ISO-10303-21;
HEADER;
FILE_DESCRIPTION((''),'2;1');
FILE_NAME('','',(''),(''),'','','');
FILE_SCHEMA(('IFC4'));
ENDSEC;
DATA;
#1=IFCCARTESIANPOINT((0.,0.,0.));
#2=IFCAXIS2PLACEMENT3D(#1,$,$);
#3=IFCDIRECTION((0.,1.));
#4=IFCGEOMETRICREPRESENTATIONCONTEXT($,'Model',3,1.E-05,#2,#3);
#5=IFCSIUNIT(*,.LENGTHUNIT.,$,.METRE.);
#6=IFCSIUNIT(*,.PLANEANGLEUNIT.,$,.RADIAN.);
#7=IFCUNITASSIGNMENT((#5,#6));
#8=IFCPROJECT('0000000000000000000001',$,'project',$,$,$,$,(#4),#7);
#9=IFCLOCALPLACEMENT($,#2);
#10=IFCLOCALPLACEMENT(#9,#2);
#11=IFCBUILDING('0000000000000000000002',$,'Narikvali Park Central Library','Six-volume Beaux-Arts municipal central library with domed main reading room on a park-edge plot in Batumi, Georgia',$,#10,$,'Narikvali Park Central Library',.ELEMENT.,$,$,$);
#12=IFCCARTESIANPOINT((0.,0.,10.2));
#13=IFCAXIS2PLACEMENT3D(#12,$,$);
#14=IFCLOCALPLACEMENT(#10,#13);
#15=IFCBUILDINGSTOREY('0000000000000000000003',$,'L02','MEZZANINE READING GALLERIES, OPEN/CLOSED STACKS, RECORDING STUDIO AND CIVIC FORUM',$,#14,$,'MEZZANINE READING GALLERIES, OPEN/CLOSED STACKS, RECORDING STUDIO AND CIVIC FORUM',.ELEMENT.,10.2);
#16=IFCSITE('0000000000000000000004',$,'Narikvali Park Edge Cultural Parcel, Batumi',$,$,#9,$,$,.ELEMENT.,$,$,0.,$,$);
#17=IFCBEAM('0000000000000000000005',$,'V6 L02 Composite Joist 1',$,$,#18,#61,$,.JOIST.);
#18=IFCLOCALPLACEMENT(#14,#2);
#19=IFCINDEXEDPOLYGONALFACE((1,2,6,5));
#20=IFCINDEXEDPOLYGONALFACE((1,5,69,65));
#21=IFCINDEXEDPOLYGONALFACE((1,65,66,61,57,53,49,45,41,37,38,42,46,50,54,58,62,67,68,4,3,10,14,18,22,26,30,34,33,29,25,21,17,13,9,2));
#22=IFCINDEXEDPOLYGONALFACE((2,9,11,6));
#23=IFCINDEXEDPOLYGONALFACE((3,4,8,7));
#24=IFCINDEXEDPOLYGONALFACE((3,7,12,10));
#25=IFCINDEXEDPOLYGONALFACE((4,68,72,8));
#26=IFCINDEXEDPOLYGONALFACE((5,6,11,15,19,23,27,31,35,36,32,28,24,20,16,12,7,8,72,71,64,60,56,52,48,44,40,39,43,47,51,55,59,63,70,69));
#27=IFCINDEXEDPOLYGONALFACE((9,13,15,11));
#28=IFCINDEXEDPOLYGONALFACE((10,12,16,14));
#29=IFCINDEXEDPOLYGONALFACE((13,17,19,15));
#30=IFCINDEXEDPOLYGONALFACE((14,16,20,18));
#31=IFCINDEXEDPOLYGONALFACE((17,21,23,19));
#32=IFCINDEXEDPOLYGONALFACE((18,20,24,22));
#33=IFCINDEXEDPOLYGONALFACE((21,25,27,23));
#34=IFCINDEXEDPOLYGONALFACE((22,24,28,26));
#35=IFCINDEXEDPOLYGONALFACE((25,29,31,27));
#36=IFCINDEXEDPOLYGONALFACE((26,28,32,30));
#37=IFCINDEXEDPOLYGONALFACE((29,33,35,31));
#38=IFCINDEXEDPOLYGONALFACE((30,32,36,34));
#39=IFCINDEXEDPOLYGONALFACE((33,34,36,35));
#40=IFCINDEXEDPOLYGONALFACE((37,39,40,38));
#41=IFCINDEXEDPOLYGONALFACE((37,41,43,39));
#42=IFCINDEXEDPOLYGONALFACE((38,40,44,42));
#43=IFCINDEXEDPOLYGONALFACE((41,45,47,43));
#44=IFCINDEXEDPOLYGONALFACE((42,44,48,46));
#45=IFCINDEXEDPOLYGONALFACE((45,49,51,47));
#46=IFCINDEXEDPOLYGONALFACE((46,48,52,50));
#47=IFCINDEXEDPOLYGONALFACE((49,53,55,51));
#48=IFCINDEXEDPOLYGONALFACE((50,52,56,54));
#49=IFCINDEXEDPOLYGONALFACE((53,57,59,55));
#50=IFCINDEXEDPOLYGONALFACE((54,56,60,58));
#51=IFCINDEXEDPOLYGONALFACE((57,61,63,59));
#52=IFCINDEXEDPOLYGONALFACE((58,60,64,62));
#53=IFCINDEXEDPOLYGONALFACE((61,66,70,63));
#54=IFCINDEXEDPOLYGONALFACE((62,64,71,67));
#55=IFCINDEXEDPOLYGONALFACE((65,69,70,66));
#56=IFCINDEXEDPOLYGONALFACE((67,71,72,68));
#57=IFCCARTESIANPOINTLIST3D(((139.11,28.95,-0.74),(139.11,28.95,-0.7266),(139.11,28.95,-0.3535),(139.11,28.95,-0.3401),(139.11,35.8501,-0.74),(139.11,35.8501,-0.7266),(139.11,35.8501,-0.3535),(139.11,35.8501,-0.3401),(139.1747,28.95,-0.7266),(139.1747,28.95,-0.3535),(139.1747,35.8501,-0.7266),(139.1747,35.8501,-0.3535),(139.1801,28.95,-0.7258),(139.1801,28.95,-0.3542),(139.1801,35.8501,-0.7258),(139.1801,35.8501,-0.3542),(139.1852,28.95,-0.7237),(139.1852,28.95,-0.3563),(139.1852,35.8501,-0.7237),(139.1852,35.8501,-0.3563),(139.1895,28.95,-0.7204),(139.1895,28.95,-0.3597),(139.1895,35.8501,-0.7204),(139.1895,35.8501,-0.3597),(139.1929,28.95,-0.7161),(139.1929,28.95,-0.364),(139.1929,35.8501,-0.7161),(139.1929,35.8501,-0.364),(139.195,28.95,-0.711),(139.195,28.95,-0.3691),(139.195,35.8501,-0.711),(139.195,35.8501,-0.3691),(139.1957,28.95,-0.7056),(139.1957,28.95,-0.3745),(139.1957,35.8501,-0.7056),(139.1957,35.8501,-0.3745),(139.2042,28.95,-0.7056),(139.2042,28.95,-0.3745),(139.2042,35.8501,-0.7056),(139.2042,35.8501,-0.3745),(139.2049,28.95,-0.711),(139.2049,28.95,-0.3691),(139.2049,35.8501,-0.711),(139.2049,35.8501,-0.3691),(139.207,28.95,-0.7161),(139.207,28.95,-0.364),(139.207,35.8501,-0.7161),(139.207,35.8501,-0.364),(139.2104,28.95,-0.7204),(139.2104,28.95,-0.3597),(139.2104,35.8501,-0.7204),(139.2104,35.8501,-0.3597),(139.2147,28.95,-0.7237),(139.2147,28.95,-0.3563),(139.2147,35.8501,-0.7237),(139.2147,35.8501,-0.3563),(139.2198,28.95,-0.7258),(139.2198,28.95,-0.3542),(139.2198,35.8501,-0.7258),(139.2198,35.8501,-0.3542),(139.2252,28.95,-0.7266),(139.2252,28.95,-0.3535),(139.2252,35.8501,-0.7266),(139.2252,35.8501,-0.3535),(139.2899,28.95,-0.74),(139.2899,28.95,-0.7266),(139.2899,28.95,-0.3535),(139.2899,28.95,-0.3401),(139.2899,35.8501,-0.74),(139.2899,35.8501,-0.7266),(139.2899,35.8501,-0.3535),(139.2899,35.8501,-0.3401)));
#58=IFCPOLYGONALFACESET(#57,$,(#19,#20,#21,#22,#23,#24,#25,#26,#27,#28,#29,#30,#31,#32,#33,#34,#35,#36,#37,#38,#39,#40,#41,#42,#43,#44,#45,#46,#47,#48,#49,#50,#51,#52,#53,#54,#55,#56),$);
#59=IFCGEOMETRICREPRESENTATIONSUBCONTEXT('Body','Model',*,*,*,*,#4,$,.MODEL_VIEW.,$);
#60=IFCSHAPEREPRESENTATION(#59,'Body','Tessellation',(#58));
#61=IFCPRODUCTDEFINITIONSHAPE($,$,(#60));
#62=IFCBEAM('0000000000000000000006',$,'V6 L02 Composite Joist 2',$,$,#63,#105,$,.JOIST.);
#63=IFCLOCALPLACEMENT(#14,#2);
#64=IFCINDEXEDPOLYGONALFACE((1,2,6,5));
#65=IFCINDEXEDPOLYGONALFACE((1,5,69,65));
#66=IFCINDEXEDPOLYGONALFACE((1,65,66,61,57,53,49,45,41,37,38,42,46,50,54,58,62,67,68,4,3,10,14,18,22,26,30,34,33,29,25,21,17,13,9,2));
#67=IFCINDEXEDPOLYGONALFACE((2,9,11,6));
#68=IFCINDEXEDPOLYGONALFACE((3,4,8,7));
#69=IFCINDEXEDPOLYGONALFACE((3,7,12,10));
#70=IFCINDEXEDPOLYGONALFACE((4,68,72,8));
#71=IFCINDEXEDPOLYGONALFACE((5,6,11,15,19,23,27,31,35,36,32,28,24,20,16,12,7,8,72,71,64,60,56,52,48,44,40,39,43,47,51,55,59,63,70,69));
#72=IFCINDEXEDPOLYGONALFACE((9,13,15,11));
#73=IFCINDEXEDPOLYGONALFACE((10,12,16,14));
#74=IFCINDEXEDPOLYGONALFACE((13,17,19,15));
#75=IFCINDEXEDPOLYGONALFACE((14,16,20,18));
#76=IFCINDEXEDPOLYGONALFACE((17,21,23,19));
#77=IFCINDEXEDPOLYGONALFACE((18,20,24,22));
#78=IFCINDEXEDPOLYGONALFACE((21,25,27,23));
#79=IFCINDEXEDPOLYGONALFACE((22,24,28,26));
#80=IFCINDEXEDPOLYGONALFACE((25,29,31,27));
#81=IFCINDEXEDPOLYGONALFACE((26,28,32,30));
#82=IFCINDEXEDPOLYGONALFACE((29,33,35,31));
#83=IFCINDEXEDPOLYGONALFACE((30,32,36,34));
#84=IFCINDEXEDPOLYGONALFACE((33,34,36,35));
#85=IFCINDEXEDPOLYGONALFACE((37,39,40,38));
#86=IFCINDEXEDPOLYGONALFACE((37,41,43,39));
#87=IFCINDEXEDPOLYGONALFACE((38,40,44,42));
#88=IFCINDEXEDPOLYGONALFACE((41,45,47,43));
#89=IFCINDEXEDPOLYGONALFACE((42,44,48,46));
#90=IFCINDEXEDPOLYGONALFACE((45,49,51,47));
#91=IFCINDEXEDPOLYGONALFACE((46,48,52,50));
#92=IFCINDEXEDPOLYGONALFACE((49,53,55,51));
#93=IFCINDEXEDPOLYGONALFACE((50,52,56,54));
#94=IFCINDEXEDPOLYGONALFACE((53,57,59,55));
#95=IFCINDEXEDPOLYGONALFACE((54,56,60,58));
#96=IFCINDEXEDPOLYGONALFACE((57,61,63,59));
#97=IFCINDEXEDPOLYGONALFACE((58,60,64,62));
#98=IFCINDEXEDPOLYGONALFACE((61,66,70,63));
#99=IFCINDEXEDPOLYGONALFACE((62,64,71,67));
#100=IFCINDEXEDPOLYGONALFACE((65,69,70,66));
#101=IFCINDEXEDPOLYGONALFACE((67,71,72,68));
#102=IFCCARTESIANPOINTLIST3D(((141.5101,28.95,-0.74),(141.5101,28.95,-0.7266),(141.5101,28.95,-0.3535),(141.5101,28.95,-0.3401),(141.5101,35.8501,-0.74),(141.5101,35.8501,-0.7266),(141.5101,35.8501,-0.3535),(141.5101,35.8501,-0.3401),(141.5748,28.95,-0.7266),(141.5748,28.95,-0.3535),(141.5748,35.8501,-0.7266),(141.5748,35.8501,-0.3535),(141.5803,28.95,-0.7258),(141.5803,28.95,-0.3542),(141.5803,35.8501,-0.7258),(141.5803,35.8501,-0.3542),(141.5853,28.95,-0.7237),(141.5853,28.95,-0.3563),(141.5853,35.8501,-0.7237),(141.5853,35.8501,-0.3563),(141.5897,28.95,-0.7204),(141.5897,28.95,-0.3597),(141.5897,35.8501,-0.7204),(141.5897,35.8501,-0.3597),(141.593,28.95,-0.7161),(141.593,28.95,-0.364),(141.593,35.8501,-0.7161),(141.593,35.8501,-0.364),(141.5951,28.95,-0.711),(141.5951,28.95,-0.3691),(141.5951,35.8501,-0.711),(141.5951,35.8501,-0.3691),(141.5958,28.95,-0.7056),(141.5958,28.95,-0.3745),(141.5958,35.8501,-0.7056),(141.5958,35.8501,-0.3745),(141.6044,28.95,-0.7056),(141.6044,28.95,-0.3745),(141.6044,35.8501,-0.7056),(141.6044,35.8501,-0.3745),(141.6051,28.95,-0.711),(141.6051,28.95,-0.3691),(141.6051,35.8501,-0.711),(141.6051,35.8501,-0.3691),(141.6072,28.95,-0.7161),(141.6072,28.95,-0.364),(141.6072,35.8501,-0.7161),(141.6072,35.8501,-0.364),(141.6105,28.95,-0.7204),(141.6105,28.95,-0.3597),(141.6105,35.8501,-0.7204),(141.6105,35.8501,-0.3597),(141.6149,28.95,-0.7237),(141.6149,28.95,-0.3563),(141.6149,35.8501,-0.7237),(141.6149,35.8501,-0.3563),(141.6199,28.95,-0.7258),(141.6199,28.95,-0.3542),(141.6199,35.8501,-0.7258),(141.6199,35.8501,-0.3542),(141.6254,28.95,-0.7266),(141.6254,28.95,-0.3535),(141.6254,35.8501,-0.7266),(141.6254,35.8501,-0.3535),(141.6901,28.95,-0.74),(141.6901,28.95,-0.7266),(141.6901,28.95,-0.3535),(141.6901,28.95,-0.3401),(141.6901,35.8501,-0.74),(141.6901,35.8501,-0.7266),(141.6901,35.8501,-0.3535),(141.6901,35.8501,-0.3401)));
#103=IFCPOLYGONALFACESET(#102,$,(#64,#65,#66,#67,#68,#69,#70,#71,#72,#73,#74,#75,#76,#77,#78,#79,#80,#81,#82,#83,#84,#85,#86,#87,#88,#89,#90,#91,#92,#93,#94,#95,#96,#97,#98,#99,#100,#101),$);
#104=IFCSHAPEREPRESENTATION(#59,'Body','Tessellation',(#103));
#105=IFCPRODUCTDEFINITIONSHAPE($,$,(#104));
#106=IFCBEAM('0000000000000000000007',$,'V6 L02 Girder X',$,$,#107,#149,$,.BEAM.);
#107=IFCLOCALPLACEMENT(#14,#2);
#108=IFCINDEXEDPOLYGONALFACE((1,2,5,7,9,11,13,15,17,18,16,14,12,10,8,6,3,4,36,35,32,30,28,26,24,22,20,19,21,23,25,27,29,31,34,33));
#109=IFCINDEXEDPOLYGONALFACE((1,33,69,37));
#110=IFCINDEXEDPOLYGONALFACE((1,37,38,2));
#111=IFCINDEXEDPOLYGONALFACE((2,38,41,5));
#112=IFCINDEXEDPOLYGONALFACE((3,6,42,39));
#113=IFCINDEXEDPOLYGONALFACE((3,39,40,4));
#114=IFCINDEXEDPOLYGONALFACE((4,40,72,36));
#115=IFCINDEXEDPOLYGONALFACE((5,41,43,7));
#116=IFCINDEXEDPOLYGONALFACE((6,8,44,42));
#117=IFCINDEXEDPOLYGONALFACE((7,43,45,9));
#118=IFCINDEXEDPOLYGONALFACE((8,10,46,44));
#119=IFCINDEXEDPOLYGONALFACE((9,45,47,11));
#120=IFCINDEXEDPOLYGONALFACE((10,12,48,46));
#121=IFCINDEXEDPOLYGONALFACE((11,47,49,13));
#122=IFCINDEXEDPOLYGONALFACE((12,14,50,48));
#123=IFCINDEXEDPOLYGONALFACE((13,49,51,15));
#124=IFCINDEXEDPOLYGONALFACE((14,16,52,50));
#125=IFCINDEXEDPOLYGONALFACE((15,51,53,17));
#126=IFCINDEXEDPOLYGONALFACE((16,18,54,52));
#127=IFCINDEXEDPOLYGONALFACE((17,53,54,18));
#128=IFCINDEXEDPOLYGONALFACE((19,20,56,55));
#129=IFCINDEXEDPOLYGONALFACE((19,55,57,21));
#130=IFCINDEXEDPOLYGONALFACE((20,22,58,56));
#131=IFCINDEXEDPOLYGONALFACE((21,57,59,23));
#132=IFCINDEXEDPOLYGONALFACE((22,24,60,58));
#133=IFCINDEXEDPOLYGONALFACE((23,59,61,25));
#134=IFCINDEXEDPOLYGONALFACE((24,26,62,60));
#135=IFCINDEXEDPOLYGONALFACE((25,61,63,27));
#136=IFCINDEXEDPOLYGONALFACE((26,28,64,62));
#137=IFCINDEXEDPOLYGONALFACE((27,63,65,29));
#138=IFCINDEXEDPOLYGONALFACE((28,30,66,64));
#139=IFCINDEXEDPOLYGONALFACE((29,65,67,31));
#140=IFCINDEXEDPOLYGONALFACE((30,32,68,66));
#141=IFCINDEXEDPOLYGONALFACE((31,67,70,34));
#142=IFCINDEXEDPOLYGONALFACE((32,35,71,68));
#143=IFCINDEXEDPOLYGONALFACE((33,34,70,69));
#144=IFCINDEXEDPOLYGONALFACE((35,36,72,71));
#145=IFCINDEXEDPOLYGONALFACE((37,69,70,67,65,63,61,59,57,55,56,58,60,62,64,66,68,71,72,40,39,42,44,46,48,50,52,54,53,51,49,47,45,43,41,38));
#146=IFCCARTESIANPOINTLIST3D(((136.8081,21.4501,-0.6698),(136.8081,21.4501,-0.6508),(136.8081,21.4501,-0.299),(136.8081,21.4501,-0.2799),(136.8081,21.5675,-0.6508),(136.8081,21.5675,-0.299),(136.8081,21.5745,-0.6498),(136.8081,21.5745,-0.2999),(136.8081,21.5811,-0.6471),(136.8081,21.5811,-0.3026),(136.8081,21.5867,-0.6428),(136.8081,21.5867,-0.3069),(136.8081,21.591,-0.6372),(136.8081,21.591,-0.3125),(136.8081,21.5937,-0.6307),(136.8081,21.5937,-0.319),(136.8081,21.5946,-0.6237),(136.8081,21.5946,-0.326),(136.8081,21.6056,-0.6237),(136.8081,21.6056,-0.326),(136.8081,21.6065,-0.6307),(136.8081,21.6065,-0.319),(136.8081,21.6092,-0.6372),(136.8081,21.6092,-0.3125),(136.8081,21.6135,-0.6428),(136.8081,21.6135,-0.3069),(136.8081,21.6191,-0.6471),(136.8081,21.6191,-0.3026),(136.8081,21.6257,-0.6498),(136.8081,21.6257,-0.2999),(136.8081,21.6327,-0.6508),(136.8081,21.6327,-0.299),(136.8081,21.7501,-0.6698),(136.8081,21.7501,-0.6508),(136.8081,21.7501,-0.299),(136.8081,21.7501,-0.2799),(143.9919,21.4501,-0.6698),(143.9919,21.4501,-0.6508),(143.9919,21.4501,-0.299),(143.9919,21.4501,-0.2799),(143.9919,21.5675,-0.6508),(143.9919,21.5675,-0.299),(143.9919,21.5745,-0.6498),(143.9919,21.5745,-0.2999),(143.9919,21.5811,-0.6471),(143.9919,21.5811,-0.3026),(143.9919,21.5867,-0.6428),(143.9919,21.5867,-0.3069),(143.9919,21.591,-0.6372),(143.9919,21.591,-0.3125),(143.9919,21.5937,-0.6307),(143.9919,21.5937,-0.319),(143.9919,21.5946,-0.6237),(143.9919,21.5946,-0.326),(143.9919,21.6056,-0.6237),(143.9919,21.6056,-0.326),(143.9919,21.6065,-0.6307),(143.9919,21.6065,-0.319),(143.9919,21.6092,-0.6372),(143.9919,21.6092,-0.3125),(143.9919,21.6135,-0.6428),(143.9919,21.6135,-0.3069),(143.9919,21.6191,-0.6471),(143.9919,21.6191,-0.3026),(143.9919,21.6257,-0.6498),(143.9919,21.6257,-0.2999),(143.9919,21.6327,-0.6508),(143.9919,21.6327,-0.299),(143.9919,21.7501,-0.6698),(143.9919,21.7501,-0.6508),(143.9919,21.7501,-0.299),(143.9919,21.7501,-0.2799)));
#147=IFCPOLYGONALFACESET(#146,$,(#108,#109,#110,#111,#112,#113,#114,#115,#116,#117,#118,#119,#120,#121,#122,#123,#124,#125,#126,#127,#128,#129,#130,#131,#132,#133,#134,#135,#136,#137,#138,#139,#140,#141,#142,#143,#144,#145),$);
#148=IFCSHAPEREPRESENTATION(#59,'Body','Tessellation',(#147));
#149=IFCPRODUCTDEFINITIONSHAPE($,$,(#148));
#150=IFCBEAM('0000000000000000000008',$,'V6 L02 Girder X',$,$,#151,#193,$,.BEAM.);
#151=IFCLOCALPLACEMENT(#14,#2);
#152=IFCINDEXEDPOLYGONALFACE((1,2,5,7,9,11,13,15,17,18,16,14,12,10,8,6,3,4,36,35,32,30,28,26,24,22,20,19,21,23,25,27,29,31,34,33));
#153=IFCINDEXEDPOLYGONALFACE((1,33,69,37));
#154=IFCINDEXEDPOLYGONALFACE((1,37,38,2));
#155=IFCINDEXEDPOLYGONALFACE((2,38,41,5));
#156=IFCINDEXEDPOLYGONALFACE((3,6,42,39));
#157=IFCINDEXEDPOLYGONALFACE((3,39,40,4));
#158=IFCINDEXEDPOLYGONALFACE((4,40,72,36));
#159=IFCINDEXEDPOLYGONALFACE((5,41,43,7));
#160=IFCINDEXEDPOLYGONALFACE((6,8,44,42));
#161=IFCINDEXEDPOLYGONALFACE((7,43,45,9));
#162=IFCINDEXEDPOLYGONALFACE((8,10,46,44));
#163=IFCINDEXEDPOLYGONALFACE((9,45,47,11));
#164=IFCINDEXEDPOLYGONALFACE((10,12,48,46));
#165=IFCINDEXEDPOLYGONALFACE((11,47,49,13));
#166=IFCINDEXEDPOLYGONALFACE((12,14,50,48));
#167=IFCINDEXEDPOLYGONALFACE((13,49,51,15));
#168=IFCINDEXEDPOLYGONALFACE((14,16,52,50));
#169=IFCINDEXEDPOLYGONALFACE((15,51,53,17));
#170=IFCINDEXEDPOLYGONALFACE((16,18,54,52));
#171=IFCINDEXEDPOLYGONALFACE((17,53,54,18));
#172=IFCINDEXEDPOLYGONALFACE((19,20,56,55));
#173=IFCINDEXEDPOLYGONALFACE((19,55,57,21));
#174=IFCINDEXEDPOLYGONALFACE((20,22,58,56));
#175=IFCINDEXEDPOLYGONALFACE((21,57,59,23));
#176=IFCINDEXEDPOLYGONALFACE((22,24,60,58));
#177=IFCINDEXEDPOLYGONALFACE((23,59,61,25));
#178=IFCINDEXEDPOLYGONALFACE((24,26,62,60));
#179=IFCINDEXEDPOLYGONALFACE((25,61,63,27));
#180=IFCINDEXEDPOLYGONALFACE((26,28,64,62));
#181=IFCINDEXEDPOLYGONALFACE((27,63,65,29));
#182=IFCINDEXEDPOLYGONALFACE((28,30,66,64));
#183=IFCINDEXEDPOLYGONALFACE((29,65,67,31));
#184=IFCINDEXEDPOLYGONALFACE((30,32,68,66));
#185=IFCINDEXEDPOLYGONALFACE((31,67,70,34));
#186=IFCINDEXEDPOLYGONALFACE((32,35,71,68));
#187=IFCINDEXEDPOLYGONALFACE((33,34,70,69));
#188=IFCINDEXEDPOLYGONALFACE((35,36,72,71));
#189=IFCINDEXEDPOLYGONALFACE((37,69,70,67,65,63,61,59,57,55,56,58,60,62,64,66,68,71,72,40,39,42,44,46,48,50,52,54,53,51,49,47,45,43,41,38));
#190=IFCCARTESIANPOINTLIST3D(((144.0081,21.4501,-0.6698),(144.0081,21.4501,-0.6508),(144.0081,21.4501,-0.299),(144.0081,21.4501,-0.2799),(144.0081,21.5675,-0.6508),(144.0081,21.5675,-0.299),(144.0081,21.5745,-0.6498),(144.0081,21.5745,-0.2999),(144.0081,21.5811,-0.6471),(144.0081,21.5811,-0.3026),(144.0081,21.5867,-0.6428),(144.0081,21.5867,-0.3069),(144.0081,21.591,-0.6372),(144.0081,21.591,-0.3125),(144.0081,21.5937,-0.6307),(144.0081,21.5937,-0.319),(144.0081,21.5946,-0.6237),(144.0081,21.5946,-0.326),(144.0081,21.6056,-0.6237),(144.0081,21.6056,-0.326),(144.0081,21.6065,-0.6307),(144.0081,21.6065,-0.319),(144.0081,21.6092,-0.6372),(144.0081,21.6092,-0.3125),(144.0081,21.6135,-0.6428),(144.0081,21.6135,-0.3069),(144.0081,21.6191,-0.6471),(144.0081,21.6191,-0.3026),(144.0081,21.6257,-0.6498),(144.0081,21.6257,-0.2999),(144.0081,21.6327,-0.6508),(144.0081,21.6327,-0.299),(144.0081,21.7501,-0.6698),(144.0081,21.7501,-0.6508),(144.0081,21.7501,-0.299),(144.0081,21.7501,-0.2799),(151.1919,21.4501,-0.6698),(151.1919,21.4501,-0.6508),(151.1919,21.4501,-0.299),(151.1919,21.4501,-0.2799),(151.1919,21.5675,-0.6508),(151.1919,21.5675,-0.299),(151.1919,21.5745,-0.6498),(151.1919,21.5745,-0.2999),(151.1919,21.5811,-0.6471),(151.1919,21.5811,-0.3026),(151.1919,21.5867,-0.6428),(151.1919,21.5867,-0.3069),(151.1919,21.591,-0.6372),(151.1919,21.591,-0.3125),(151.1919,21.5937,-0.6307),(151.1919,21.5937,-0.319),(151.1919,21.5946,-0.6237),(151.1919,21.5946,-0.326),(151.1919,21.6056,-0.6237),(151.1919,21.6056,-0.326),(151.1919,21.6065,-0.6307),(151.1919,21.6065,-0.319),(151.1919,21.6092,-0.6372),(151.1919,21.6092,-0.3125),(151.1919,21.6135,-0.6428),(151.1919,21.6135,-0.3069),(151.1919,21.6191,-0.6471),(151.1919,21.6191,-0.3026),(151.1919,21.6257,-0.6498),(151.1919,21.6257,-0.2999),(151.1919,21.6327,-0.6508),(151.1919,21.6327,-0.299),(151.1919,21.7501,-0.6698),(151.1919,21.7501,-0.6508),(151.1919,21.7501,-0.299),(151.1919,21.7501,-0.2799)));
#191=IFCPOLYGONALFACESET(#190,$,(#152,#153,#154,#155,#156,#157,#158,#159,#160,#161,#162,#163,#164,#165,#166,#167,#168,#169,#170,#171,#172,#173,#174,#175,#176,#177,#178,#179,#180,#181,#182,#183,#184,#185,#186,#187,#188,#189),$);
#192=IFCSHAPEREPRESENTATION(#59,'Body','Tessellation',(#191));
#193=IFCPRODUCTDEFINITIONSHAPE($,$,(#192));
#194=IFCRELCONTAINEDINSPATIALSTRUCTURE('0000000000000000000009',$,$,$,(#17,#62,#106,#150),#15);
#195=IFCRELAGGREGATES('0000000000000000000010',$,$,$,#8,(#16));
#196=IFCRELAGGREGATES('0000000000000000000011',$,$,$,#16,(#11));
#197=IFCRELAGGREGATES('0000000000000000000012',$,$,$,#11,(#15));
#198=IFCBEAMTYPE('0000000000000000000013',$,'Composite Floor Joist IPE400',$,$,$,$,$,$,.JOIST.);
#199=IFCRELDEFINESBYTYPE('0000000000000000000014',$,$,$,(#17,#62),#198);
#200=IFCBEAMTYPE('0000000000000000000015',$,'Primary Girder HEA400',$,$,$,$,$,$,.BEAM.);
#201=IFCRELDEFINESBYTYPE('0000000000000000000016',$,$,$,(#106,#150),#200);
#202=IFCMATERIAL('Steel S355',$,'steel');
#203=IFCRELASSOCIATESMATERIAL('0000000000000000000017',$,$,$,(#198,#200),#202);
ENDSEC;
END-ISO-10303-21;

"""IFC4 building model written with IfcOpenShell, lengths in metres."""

from ifc_helpers import new_model, si_unit, direction, frame, origin, origin_2d, place, context, subcontext, project, spatial, i_section, extrude, material, material_profile, profile_set, type_object, element, save


model = new_model("IFC4")

# Units and contexts
model_context = context("Model", 3, precision=1e-05, world=origin(), true_north=direction((0.0, 1.0)))
body_context = subcontext(model_context, "Body", "Model", "MODEL_VIEW")
ifc_project = project(units=[si_unit("LENGTHUNIT", "METRE"), si_unit("PLANEANGLEUNIT", "RADIAN")], contexts=[model_context])

# Site, building, storey
site_placement = place(None, origin())
site = spatial("IfcSite", under=ifc_project, at=site_placement, Name="Narikvali Park Edge Cultural Parcel, Batumi", CompositionType="ELEMENT", RefElevation=0.0)
building_placement = place(site_placement, origin())
building = spatial("IfcBuilding", under=site, at=building_placement, Name="Narikvali Park Central Library", Description="Six-volume Beaux-Arts municipal central library with domed main reading room on a park-edge plot in Batumi, Georgia", LongName="Narikvali Park Central Library", CompositionType="ELEMENT")
storey_placement = place(building_placement, frame((0.0, 0.0, 10.2)))
storey = spatial("IfcBuildingStorey", under=building, at=storey_placement, Name="L02", Description="MEZZANINE READING GALLERIES, OPEN/CLOSED STACKS, RECORDING STUDIO AND CIVIC FORUM", LongName="MEZZANINE READING GALLERIES, OPEN/CLOSED STACKS, RECORDING STUDIO AND CIVIC FORUM", CompositionType="ELEMENT", Elevation=10.2)

# Shared definitions
ifc_material_1 = material(Name="Steel S355", Category="steel")

# Beams
ifc_material_profile_1 = material_profile(ifc_material_1, i_section(OverallWidth=0.1799, OverallDepth=0.3999, WebThickness=0.0085, FlangeThickness=0.0134, FilletRadius=0.021, at=origin_2d()), Name="IPE 400")
ifc_profile_set_1 = profile_set([ifc_material_profile_1], Name="Steel S355")
beam_type_1 = type_object("IfcBeamType", Name="Composite Floor Joist IPE400", PredefinedType="JOIST", material=ifc_profile_set_1)
for number, where, z_axis, x_axis, name in (
    (1, (139.2, 28.95, -0.54), (0.0, 1.0, 0.0), (-1.0, 0.0, 0.0), "V6 L02 Composite Joist 1"),
    (2, (141.6001, 28.95, -0.54), (0.0, 1.0, 0.0), (-1.0, 0.0, 0.0), "V6 L02 Composite Joist 2"),
):
    element("IfcBeam", number, at=place(storey_placement, frame(where, z_axis=z_axis, x_axis=x_axis)), inside=storey, type_object=beam_type_1, Name=name, PredefinedType="JOIST", context=body_context, shape_type="SweptSolid", body=[
        extrude(i_section(OverallWidth=0.1799, OverallDepth=0.3999, WebThickness=0.0085, FlangeThickness=0.0134, FilletRadius=0.021, at=origin_2d()), origin(), (0.0, 0.0, 1.0), 6.9001),
    ])
ifc_material_profile_2 = material_profile(ifc_material_1, i_section(OverallWidth=0.3, OverallDepth=0.3899, WebThickness=0.011, FlangeThickness=0.019, FilletRadius=0.0271, at=origin_2d()), Name="HEA 400")
ifc_profile_set_2 = profile_set([ifc_material_profile_2], Name="Steel S355")
beam_type_2 = type_object("IfcBeamType", Name="Primary Girder HEA400", PredefinedType="BEAM", material=ifc_profile_set_2)
for number, where, z_axis, x_axis, name in (
    (3, (136.8081, 21.6001, -0.4749), (1.0, 0.0, 0.0), (0.0, 1.0, 0.0), "V6 L02 Girder X"),
    (4, (144.0081, 21.6001, -0.4749), (1.0, 0.0, 0.0), (0.0, 1.0, 0.0), "V6 L02 Girder X"),
):
    element("IfcBeam", number, at=place(storey_placement, frame(where, z_axis=z_axis, x_axis=x_axis)), inside=storey, type_object=beam_type_2, Name=name, PredefinedType="BEAM", context=body_context, shape_type="SweptSolid", body=[
        extrude(i_section(OverallWidth=0.3, OverallDepth=0.3899, WebThickness=0.011, FlangeThickness=0.019, FilletRadius=0.0271, at=origin_2d()), origin(), (0.0, 0.0, 1.0), 7.1838),
    ])

save(model, "model.ifc")
